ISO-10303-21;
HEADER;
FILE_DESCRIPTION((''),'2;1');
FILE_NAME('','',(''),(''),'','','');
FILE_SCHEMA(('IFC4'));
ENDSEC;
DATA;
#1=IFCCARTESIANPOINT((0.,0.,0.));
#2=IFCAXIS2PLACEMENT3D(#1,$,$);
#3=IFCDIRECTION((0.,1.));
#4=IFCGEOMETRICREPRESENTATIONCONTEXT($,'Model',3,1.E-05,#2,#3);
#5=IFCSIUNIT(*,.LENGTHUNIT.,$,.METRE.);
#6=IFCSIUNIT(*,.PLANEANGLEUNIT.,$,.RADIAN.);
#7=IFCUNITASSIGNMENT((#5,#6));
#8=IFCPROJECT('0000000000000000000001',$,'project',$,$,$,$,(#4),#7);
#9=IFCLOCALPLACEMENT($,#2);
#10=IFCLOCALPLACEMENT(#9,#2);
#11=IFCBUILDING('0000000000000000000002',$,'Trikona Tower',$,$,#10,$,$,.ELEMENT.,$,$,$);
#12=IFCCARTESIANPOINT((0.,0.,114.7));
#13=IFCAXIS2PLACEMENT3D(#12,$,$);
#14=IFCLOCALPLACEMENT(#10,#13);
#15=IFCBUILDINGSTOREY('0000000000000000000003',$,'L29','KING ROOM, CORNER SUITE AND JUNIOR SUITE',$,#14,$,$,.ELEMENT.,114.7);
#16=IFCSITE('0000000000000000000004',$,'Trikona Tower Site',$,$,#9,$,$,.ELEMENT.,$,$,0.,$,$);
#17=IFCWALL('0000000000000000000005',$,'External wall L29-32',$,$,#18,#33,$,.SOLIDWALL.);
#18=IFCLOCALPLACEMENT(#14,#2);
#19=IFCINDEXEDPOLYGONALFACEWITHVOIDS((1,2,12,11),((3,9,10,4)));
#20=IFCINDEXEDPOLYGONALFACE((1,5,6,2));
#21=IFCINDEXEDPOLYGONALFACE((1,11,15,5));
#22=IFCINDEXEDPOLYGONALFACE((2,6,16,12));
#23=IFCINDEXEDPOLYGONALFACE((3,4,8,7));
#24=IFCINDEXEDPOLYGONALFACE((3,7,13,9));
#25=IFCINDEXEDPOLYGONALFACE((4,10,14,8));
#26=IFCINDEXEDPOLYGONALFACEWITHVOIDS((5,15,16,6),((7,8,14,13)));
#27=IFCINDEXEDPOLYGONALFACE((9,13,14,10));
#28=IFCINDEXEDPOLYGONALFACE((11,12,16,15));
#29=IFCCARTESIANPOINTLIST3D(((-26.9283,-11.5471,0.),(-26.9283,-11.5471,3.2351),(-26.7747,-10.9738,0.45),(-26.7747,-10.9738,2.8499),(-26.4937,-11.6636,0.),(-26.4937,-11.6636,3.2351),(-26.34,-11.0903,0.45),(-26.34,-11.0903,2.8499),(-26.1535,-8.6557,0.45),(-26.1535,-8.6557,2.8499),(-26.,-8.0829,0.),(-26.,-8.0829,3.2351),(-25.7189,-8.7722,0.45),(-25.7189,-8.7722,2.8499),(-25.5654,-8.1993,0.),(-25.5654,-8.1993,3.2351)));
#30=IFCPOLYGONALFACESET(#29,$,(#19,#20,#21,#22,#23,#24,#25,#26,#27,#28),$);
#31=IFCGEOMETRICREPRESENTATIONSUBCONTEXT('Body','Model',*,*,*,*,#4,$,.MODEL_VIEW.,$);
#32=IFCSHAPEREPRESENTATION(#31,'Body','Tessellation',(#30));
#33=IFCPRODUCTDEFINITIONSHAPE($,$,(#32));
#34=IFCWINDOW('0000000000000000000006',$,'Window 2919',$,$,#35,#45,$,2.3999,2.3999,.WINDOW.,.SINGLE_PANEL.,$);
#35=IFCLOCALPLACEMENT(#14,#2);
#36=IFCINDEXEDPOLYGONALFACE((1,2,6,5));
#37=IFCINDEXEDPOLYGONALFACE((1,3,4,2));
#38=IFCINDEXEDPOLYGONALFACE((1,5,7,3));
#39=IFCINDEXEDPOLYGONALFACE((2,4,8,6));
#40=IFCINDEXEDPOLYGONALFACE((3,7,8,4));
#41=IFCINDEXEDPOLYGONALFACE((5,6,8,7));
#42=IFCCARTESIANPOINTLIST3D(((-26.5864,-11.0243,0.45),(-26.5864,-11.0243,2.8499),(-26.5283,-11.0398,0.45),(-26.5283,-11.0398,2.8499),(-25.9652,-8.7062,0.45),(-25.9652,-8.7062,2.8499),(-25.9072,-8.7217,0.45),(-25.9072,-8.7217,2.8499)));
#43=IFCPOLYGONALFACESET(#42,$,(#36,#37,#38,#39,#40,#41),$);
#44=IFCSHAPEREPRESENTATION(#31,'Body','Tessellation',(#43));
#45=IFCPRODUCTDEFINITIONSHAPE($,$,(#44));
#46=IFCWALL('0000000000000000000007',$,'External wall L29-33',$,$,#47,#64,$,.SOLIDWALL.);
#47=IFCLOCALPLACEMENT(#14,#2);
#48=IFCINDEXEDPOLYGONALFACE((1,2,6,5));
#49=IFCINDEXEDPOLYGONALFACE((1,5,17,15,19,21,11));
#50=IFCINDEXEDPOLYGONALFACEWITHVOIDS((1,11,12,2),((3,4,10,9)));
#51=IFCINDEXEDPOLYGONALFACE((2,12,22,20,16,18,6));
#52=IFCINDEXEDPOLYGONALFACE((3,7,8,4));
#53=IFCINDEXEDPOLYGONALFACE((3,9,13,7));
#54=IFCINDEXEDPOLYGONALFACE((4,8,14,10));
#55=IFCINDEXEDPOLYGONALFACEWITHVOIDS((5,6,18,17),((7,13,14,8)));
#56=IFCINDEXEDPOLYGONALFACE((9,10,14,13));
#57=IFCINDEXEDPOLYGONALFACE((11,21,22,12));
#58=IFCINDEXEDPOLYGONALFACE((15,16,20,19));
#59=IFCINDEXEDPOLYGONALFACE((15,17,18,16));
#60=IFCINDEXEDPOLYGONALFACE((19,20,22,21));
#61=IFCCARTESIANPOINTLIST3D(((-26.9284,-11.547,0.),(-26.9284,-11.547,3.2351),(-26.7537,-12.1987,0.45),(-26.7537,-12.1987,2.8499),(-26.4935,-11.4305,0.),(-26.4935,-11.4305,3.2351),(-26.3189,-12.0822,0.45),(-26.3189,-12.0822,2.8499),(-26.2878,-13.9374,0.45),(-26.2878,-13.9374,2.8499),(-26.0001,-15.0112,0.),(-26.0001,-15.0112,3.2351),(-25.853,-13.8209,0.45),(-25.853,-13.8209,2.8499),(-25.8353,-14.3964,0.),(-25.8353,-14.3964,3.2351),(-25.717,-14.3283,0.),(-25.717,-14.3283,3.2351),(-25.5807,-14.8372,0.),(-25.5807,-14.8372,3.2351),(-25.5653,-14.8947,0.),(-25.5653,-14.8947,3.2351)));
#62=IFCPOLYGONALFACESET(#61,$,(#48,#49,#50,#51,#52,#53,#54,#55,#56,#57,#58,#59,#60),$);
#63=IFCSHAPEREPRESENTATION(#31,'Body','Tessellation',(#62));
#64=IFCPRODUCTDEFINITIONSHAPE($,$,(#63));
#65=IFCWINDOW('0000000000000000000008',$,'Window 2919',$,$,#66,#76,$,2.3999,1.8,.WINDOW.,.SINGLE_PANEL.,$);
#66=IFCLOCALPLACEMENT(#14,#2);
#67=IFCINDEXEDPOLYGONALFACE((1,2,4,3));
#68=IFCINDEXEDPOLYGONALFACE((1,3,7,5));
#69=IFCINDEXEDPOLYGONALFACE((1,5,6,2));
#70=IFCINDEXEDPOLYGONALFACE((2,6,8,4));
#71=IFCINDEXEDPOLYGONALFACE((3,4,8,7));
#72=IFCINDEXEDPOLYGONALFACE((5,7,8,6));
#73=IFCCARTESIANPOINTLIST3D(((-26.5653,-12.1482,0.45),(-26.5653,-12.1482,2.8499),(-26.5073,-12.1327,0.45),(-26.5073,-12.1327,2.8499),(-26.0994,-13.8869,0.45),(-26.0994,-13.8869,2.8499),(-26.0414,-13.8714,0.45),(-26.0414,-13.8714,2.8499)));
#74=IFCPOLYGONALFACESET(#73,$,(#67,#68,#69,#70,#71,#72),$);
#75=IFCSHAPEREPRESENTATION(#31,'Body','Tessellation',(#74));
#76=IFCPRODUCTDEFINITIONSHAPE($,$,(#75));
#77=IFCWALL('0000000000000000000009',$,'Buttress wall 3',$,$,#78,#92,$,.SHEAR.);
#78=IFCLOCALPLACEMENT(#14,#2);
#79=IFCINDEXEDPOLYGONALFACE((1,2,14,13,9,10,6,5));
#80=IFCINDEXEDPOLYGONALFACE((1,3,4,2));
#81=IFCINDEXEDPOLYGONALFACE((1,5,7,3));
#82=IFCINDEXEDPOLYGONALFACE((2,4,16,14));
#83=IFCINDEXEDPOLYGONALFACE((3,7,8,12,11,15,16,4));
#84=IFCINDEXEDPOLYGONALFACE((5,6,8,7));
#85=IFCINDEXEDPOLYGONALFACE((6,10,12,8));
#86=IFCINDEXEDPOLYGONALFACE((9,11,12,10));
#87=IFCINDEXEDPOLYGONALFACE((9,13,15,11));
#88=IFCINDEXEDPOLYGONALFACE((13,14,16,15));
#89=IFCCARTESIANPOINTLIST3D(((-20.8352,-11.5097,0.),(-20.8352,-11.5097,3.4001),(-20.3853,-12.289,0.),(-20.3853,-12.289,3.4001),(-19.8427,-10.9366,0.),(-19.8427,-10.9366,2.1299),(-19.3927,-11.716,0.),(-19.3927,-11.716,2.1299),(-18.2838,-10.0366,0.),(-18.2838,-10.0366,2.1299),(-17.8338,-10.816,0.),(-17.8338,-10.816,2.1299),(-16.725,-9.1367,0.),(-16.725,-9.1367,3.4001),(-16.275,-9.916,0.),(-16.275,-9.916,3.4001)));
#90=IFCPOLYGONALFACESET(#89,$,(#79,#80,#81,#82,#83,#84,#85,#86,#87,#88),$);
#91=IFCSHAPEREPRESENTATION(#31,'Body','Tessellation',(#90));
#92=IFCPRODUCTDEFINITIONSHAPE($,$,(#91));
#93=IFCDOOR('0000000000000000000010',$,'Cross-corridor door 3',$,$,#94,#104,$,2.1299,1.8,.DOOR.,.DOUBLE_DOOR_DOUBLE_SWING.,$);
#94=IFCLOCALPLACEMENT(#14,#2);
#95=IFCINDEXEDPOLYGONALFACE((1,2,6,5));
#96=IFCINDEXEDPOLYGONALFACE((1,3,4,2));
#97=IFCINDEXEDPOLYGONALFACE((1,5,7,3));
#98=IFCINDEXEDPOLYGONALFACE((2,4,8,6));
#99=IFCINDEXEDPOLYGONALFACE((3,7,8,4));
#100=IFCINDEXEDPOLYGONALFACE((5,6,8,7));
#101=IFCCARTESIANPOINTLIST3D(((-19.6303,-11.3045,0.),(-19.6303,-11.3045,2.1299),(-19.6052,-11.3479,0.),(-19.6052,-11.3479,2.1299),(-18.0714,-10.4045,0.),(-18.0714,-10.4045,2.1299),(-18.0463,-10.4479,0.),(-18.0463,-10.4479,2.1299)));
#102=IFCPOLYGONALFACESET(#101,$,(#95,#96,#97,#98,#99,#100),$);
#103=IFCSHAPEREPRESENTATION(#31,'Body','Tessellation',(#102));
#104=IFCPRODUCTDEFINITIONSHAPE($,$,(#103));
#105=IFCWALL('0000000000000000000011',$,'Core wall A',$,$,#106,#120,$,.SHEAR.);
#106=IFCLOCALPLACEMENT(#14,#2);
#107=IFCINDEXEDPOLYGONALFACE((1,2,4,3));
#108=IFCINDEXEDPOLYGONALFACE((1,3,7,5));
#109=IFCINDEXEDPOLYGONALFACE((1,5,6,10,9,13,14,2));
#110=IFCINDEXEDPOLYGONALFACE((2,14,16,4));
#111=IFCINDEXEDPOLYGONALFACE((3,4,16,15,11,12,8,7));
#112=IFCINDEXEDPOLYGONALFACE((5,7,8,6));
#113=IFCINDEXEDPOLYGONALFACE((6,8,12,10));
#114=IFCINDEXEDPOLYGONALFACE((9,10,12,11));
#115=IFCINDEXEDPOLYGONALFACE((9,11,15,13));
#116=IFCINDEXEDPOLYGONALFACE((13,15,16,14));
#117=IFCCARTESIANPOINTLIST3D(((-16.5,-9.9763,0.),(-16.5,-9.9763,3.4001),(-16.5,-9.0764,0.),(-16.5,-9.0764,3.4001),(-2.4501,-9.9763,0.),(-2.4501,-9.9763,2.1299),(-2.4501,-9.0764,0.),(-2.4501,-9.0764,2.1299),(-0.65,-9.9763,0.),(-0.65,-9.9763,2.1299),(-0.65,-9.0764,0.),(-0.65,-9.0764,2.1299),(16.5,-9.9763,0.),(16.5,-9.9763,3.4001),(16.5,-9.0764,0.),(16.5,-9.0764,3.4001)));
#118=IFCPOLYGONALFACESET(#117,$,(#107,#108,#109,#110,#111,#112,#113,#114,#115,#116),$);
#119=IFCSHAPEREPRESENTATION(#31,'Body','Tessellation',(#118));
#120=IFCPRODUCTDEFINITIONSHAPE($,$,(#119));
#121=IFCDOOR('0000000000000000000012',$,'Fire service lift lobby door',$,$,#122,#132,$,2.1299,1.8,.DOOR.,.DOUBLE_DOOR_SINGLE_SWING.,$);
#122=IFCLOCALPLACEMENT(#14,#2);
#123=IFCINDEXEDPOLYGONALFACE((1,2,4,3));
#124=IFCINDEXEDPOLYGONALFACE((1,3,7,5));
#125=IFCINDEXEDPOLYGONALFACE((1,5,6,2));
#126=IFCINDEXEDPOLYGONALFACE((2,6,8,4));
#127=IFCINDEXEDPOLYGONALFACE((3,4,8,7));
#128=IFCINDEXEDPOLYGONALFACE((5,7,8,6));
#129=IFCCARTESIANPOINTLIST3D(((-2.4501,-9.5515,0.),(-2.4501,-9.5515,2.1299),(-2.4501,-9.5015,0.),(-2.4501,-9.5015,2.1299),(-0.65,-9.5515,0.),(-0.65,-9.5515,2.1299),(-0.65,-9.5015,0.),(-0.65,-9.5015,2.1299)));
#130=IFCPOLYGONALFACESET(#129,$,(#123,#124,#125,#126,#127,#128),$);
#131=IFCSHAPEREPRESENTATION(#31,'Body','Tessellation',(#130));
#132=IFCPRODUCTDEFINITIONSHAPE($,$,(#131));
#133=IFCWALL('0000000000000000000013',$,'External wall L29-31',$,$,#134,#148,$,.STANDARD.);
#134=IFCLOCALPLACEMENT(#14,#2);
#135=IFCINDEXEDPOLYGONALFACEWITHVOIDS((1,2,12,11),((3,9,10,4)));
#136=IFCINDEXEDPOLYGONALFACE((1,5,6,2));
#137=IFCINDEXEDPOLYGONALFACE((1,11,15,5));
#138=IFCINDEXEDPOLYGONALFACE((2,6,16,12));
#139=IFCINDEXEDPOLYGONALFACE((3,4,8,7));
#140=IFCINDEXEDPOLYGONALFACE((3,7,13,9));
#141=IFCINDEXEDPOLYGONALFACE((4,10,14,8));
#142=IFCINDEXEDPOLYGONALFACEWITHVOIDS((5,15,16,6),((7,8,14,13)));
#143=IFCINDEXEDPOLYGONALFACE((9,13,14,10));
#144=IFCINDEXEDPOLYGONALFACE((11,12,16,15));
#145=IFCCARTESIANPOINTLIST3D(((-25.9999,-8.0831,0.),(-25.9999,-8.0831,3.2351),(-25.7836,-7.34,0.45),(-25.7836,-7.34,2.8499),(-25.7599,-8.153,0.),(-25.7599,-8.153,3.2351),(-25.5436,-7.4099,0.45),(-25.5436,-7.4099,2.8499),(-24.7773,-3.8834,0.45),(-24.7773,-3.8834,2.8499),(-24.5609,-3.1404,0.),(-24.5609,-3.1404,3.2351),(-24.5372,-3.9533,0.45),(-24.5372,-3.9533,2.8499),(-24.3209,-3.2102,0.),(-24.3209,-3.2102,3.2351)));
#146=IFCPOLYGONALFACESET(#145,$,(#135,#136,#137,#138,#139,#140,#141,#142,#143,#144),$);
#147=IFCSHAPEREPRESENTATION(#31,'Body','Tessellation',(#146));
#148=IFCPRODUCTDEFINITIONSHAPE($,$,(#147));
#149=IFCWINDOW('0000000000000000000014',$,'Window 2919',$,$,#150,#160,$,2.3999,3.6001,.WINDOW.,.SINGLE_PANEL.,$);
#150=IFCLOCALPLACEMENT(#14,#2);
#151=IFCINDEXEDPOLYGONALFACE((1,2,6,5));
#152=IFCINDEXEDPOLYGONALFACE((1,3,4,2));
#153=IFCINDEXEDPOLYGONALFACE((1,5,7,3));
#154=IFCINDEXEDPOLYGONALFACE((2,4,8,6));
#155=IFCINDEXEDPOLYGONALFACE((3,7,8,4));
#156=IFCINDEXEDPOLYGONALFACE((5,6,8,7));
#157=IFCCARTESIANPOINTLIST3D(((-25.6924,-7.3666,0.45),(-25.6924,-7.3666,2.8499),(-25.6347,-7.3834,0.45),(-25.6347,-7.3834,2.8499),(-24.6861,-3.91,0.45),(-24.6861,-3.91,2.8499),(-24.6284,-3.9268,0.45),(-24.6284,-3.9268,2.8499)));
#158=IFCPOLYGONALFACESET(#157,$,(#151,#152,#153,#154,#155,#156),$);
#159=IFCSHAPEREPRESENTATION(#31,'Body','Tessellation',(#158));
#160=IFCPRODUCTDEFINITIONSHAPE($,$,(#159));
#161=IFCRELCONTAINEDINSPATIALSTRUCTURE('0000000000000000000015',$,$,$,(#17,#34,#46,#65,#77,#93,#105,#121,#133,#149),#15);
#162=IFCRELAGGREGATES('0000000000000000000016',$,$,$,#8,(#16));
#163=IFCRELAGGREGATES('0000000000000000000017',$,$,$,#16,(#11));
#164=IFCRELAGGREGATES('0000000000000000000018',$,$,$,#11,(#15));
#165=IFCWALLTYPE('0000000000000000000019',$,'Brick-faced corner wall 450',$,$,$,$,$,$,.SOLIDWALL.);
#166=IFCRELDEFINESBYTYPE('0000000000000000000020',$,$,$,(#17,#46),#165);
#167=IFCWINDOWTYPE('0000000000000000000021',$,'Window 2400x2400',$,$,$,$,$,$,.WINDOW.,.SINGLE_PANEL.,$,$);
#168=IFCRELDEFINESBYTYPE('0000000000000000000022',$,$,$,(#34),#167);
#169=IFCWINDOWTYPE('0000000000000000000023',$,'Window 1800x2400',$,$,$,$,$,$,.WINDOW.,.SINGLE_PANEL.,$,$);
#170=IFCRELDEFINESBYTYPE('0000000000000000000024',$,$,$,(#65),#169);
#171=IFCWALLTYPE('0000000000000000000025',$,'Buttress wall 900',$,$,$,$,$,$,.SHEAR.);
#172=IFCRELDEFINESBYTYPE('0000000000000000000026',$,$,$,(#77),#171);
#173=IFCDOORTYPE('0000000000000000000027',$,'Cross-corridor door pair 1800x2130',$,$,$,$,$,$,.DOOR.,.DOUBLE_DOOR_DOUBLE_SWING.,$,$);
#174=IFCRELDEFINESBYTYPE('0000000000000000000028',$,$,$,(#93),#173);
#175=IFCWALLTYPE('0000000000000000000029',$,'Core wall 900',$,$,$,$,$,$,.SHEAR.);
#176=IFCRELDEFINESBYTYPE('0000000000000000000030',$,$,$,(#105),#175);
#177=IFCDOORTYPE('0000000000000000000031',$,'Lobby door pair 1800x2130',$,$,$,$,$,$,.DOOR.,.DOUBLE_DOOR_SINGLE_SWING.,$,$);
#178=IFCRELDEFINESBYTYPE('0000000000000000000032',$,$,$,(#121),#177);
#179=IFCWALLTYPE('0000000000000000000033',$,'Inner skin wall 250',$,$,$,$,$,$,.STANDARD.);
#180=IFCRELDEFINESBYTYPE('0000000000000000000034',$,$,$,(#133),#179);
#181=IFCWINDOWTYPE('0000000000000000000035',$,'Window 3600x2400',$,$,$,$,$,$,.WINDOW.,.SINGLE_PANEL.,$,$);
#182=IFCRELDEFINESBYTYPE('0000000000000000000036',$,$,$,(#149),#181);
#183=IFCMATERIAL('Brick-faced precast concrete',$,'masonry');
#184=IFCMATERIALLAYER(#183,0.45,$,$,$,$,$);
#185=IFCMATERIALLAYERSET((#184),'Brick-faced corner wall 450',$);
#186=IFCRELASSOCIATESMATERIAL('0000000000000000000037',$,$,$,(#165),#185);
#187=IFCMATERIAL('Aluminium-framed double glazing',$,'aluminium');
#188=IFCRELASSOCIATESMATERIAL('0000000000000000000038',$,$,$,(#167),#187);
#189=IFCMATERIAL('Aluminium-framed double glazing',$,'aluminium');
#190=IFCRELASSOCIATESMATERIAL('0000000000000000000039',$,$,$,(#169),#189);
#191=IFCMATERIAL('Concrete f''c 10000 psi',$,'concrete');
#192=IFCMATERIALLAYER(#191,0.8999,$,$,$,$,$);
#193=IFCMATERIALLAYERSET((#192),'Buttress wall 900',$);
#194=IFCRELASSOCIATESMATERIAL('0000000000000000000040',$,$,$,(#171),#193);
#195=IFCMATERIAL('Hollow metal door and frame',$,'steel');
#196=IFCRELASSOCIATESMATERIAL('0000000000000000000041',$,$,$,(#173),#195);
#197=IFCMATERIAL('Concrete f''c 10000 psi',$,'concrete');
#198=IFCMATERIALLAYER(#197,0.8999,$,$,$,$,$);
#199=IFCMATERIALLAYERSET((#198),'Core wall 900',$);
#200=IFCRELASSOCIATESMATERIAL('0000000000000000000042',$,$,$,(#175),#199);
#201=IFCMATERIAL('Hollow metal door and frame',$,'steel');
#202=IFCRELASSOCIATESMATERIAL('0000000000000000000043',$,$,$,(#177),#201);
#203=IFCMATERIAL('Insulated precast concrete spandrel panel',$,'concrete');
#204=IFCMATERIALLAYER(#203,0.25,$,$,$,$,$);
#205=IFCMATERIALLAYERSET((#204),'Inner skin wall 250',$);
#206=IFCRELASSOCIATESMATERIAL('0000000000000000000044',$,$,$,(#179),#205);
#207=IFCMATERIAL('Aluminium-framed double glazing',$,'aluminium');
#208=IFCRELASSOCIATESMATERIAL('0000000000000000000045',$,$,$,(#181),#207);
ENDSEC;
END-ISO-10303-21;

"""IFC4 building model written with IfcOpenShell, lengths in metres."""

from ifc_helpers import new_model, si_unit, direction, frame, frame_2d, origin, place, context, subcontext, project, spatial, polyline, rectangle, outline, extrude, material, layer, layer_set, type_object, element, fill, save


model = new_model("IFC4")

# Units and contexts
model_context = context("Model", 3, precision=1e-05, world=origin(), true_north=direction((0.0, 1.0)))
body_context = subcontext(model_context, "Body", "Model", "MODEL_VIEW")
ifc_project = project(units=[si_unit("LENGTHUNIT", "METRE"), si_unit("PLANEANGLEUNIT", "RADIAN")], contexts=[model_context])

# Site, building, storey
site_placement = place(None, origin())
site = spatial("IfcSite", under=ifc_project, at=site_placement, Name="Trikona Tower Site", CompositionType="ELEMENT", RefElevation=0.0)
building_placement = place(site_placement, origin())
building = spatial("IfcBuilding", under=site, at=building_placement, Name="Trikona Tower", CompositionType="ELEMENT")
storey_placement = place(building_placement, frame((0.0, 0.0, 114.7)))
storey = spatial("IfcBuildingStorey", under=building, at=storey_placement, Name="L29", Description="KING ROOM, CORNER SUITE AND JUNIOR SUITE", CompositionType="ELEMENT", Elevation=114.7)

# Walls, openings, windows
ifc_material_1 = material(Name="Brick-faced precast concrete", Category="masonry")
ifc_layer_1 = layer(ifc_material_1, 0.45)
ifc_layer_set_1 = layer_set([ifc_layer_1], Name="Brick-faced corner wall 450")
wall_type_1 = type_object("IfcWallType", Name="Brick-faced corner wall 450", PredefinedType="SOLIDWALL", material=ifc_layer_set_1)
wall_1_placement = place(storey_placement, frame((-25.7827, -8.1411, 0.0), z_axis=(0.0, 0.0, 1.0), x_axis=(-0.258823, -0.965925, 0.0)))
wall_1 = element("IfcWall", 1, at=wall_1_placement, inside=storey, type_object=wall_type_1, Name="External wall L29-32", PredefinedType="SOLIDWALL", context=body_context, shape_type="SweptSolid", body=[
    extrude(rectangle(XDim=3.5864, YDim=0.45, at=frame_2d((1.7932, 0.0))), origin(), (0.0, 0.0, 1.0), 3.2351),
])
opening_1_placement = place(wall_1_placement, frame((0.593, 0.0, 0.45)))
opening_1 = element("IfcOpeningElement", 2, at=opening_1_placement, cuts=wall_1, PredefinedType="OPENING", context=body_context, shape_type="SweptSolid", body=[
    extrude(rectangle(XDim=2.3999, YDim=2.3999, at=frame_2d((1.2, 1.2))), frame((0.0, 0.2349, 0.0), z_axis=(0.0, -1.0, 0.0), x_axis=(1.0, 0.0, 0.0)), (0.0, 0.0, 1.0), 0.47),
])
ifc_material_2 = material(Name="Aluminium-framed double glazing", Category="aluminium")
window_type_1 = type_object("IfcWindowType", Name="Window 2400x2400", PartitioningType="SINGLE_PANEL", PredefinedType="WINDOW", material=ifc_material_2)
window_1_placement = place(opening_1_placement, origin())
window_1 = element("IfcWindow", 3, at=window_1_placement, inside=storey, type_object=window_type_1, Name="Window 2919", OverallHeight=2.3999, OverallWidth=2.3999, PartitioningType="SINGLE_PANEL", PredefinedType="WINDOW", context=body_context, shape_type="SweptSolid", body=[
    extrude(rectangle(XDim=2.3999, YDim=2.3999, at=frame_2d((1.2, 1.2))), frame((0.0, 0.03, 0.0), z_axis=(0.0, -1.0, 0.0), x_axis=(1.0, 0.0, 0.0)), (0.0, 0.0, 1.0), 0.0601),
])
fill(opening_1, window_1)
wall_2_placement = place(storey_placement, frame((-26.7109, -11.4888, 0.0), z_axis=(0.0, 0.0, 1.0), x_axis=(0.258823, -0.965925, 0.0)))
wall_2 = element("IfcWall", 4, at=wall_2_placement, inside=storey, type_object=wall_type_1, Name="External wall L29-33", PredefinedType="SOLIDWALL", context=body_context, shape_type="SweptSolid", body=[
    extrude(outline(polyline([(3.5864, 0.2251), (3.5269, 0.2251), (3.0352, 0.0933), (3.0, 0.2251), (0.0, 0.2251), (0.0, -0.2251), (3.5864, -0.2251), (3.5864, 0.2251)])), origin(), (0.0, 0.0, 1.0), 3.2351),
])
opening_2_placement = place(wall_2_placement, frame((0.6748, 0.0, 0.45)))
opening_2 = element("IfcOpeningElement", 5, at=opening_2_placement, cuts=wall_2, PredefinedType="OPENING", context=body_context, shape_type="SweptSolid", body=[
    extrude(rectangle(XDim=1.8, YDim=2.3999, at=frame_2d((0.8999, 1.2))), frame((0.0, 0.2349, 0.0), z_axis=(0.0, -1.0, 0.0), x_axis=(1.0, 0.0, 0.0)), (0.0, 0.0, 1.0), 0.47),
])
ifc_material_3 = material(Name="Aluminium-framed double glazing", Category="aluminium")
window_type_2 = type_object("IfcWindowType", Name="Window 1800x2400", PartitioningType="SINGLE_PANEL", PredefinedType="WINDOW", material=ifc_material_3)
window_2_placement = place(opening_2_placement, origin())
window_2 = element("IfcWindow", 6, at=window_2_placement, inside=storey, type_object=window_type_2, Name="Window 2919", OverallHeight=2.3999, OverallWidth=1.8, PartitioningType="SINGLE_PANEL", PredefinedType="WINDOW", context=body_context, shape_type="SweptSolid", body=[
    extrude(rectangle(XDim=1.8, YDim=2.3999, at=frame_2d((0.8999, 1.2))), frame((0.0, 0.03, 0.0), z_axis=(0.0, -1.0, 0.0), x_axis=(1.0, 0.0, 0.0)), (0.0, 0.0, 1.0), 0.0601),
])
fill(opening_2, window_2)

# Walls, openings, doors
ifc_material_4 = material(Name="Concrete f'c 10000 psi", Category="concrete")
ifc_layer_2 = layer(ifc_material_4, 0.8999)
ifc_layer_set_2 = layer_set([ifc_layer_2], Name="Buttress wall 900")
wall_type_2 = type_object("IfcWallType", Name="Buttress wall 900", PredefinedType="SHEAR", material=ifc_layer_set_2)
wall_3_placement = place(storey_placement, frame((-16.5, -9.5264, 0.0), z_axis=(0.0, 0.0, 1.0), x_axis=(-0.866031, -0.49999, 0.0)))
wall_3 = element("IfcWall", 7, at=wall_3_placement, inside=storey, type_object=wall_type_2, Name="Buttress wall 3", PredefinedType="SHEAR", context=body_context, shape_type="SweptSolid", body=[
    extrude(rectangle(XDim=4.7461, YDim=0.8999, at=frame_2d((2.373, 0.0))), origin(), (0.0, 0.0, 1.0), 3.4001),
])
opening_3_placement = place(wall_3_placement, frame((1.8, 0.0, 0.0)))
opening_3 = element("IfcOpeningElement", 8, at=opening_3_placement, cuts=wall_3, PredefinedType="OPENING", context=body_context, shape_type="SweptSolid", body=[
    extrude(rectangle(XDim=1.8, YDim=2.1299, at=frame_2d((0.8999, 1.0649))), frame((0.0, 0.46, 0.0), z_axis=(0.0, -1.0, 0.0), x_axis=(1.0, 0.0, 0.0)), (0.0, 0.0, 1.0), 0.9199),
])
ifc_material_5 = material(Name="Hollow metal door and frame", Category="steel")
door_type_1 = type_object("IfcDoorType", Name="Cross-corridor door pair 1800x2130", OperationType="DOUBLE_DOOR_DOUBLE_SWING", PredefinedType="DOOR", material=ifc_material_5)
door_1_placement = place(opening_3_placement, origin())
door_1 = element("IfcDoor", 9, at=door_1_placement, inside=storey, type_object=door_type_1, Name="Cross-corridor door 3", OperationType="DOUBLE_DOOR_DOUBLE_SWING", OverallHeight=2.1299, OverallWidth=1.8, PredefinedType="DOOR", context=body_context, shape_type="SweptSolid", body=[
    extrude(rectangle(XDim=1.8, YDim=2.1299, at=frame_2d((0.8999, 1.0649))), frame((0.0, 0.0249, 0.0), z_axis=(0.0, -1.0, 0.0), x_axis=(1.0, 0.0, 0.0)), (0.0, 0.0, 1.0), 0.05),
])
fill(opening_3, door_1)
ifc_material_6 = material(Name="Concrete f'c 10000 psi", Category="concrete")
ifc_layer_3 = layer(ifc_material_6, 0.8999)
ifc_layer_set_3 = layer_set([ifc_layer_3], Name="Core wall 900")
wall_type_3 = type_object("IfcWallType", Name="Core wall 900", PredefinedType="SHEAR", material=ifc_layer_set_3)
wall_4_placement = place(storey_placement, frame((-16.5, -9.5264, 0.0), z_axis=(0.0, 0.0, 1.0), x_axis=(1.0, 0.0, 0.0)))
wall_4 = element("IfcWall", 10, at=wall_4_placement, inside=storey, type_object=wall_type_3, Name="Core wall A", PredefinedType="SHEAR", context=body_context, shape_type="SweptSolid", body=[
    extrude(rectangle(XDim=33.0, YDim=0.8999, at=frame_2d((16.5, 0.0))), origin(), (0.0, 0.0, 1.0), 3.4001),
])
opening_4_placement = place(wall_4_placement, frame((14.05, 0.0, 0.0)))
opening_4 = element("IfcOpeningElement", 11, at=opening_4_placement, cuts=wall_4, PredefinedType="OPENING", context=body_context, shape_type="SweptSolid", body=[
    extrude(rectangle(XDim=1.8, YDim=2.1299, at=frame_2d((0.8999, 1.0649))), frame((0.0, 0.46, 0.0), z_axis=(0.0, -1.0, 0.0), x_axis=(1.0, 0.0, 0.0)), (0.0, 0.0, 1.0), 0.9199),
])
ifc_material_7 = material(Name="Hollow metal door and frame", Category="steel")
door_type_2 = type_object("IfcDoorType", Name="Lobby door pair 1800x2130", OperationType="DOUBLE_DOOR_SINGLE_SWING", PredefinedType="DOOR", material=ifc_material_7)
door_2_placement = place(opening_4_placement, origin())
door_2 = element("IfcDoor", 12, at=door_2_placement, inside=storey, type_object=door_type_2, Name="Fire service lift lobby door", OperationType="DOUBLE_DOOR_SINGLE_SWING", OverallHeight=2.1299, OverallWidth=1.8, PredefinedType="DOOR", context=body_context, shape_type="SweptSolid", body=[
    extrude(rectangle(XDim=1.8, YDim=2.1299, at=frame_2d((0.8999, 1.0649))), frame((0.0, 0.0249, 0.0), z_axis=(0.0, -1.0, 0.0), x_axis=(1.0, 0.0, 0.0)), (0.0, 0.0, 1.0), 0.05),
])
fill(opening_4, door_2)

# Wall, opening, window
ifc_material_8 = material(Name="Insulated precast concrete spandrel panel", Category="concrete")
ifc_layer_4 = layer(ifc_material_8, 0.25)
ifc_layer_set_4 = layer_set([ifc_layer_4], Name="Inner skin wall 250")
wall_type_4 = type_object("IfcWallType", Name="Inner skin wall 250", PredefinedType="STANDARD", material=ifc_layer_set_4)
wall_5_placement = place(storey_placement, frame((-24.4409, -3.1753, 0.0), z_axis=(0.0, 0.0, 1.0), x_axis=(-0.279528, -0.960137, 0.0)))
wall_5 = element("IfcWall", 13, at=wall_5_placement, inside=storey, type_object=wall_type_4, Name="External wall L29-31", PredefinedType="STANDARD", context=body_context, shape_type="SweptSolid", body=[
    extrude(rectangle(XDim=5.1479, YDim=0.25, at=frame_2d((2.574, 0.0))), origin(), (0.0, 0.0, 1.0), 3.2351),
])
opening_5_placement = place(wall_5_placement, frame((0.7739, 0.0, 0.45)))
opening_5 = element("IfcOpeningElement", 14, at=opening_5_placement, cuts=wall_5, PredefinedType="OPENING", context=body_context, shape_type="SweptSolid", body=[
    extrude(rectangle(XDim=3.6001, YDim=2.3999, at=frame_2d((1.8, 1.2))), frame((0.0, 0.135, 0.0), z_axis=(0.0, -1.0, 0.0), x_axis=(1.0, 0.0, 0.0)), (0.0, 0.0, 1.0), 0.27),
])
ifc_material_9 = material(Name="Aluminium-framed double glazing", Category="aluminium")
window_type_3 = type_object("IfcWindowType", Name="Window 3600x2400", PartitioningType="SINGLE_PANEL", PredefinedType="WINDOW", material=ifc_material_9)
window_3_placement = place(opening_5_placement, origin())
window_3 = element("IfcWindow", 15, at=window_3_placement, inside=storey, type_object=window_type_3, Name="Window 2919", OverallHeight=2.3999, OverallWidth=3.6001, PartitioningType="SINGLE_PANEL", PredefinedType="WINDOW", context=body_context, shape_type="SweptSolid", body=[
    extrude(rectangle(XDim=3.6001, YDim=2.3999, at=frame_2d((1.8, 1.2))), frame((0.0, 0.03, 0.0), z_axis=(0.0, -1.0, 0.0), x_axis=(1.0, 0.0, 0.0)), (0.0, 0.0, 1.0), 0.0601),
])
fill(opening_5, window_3)

save(model, "model.ifc")
